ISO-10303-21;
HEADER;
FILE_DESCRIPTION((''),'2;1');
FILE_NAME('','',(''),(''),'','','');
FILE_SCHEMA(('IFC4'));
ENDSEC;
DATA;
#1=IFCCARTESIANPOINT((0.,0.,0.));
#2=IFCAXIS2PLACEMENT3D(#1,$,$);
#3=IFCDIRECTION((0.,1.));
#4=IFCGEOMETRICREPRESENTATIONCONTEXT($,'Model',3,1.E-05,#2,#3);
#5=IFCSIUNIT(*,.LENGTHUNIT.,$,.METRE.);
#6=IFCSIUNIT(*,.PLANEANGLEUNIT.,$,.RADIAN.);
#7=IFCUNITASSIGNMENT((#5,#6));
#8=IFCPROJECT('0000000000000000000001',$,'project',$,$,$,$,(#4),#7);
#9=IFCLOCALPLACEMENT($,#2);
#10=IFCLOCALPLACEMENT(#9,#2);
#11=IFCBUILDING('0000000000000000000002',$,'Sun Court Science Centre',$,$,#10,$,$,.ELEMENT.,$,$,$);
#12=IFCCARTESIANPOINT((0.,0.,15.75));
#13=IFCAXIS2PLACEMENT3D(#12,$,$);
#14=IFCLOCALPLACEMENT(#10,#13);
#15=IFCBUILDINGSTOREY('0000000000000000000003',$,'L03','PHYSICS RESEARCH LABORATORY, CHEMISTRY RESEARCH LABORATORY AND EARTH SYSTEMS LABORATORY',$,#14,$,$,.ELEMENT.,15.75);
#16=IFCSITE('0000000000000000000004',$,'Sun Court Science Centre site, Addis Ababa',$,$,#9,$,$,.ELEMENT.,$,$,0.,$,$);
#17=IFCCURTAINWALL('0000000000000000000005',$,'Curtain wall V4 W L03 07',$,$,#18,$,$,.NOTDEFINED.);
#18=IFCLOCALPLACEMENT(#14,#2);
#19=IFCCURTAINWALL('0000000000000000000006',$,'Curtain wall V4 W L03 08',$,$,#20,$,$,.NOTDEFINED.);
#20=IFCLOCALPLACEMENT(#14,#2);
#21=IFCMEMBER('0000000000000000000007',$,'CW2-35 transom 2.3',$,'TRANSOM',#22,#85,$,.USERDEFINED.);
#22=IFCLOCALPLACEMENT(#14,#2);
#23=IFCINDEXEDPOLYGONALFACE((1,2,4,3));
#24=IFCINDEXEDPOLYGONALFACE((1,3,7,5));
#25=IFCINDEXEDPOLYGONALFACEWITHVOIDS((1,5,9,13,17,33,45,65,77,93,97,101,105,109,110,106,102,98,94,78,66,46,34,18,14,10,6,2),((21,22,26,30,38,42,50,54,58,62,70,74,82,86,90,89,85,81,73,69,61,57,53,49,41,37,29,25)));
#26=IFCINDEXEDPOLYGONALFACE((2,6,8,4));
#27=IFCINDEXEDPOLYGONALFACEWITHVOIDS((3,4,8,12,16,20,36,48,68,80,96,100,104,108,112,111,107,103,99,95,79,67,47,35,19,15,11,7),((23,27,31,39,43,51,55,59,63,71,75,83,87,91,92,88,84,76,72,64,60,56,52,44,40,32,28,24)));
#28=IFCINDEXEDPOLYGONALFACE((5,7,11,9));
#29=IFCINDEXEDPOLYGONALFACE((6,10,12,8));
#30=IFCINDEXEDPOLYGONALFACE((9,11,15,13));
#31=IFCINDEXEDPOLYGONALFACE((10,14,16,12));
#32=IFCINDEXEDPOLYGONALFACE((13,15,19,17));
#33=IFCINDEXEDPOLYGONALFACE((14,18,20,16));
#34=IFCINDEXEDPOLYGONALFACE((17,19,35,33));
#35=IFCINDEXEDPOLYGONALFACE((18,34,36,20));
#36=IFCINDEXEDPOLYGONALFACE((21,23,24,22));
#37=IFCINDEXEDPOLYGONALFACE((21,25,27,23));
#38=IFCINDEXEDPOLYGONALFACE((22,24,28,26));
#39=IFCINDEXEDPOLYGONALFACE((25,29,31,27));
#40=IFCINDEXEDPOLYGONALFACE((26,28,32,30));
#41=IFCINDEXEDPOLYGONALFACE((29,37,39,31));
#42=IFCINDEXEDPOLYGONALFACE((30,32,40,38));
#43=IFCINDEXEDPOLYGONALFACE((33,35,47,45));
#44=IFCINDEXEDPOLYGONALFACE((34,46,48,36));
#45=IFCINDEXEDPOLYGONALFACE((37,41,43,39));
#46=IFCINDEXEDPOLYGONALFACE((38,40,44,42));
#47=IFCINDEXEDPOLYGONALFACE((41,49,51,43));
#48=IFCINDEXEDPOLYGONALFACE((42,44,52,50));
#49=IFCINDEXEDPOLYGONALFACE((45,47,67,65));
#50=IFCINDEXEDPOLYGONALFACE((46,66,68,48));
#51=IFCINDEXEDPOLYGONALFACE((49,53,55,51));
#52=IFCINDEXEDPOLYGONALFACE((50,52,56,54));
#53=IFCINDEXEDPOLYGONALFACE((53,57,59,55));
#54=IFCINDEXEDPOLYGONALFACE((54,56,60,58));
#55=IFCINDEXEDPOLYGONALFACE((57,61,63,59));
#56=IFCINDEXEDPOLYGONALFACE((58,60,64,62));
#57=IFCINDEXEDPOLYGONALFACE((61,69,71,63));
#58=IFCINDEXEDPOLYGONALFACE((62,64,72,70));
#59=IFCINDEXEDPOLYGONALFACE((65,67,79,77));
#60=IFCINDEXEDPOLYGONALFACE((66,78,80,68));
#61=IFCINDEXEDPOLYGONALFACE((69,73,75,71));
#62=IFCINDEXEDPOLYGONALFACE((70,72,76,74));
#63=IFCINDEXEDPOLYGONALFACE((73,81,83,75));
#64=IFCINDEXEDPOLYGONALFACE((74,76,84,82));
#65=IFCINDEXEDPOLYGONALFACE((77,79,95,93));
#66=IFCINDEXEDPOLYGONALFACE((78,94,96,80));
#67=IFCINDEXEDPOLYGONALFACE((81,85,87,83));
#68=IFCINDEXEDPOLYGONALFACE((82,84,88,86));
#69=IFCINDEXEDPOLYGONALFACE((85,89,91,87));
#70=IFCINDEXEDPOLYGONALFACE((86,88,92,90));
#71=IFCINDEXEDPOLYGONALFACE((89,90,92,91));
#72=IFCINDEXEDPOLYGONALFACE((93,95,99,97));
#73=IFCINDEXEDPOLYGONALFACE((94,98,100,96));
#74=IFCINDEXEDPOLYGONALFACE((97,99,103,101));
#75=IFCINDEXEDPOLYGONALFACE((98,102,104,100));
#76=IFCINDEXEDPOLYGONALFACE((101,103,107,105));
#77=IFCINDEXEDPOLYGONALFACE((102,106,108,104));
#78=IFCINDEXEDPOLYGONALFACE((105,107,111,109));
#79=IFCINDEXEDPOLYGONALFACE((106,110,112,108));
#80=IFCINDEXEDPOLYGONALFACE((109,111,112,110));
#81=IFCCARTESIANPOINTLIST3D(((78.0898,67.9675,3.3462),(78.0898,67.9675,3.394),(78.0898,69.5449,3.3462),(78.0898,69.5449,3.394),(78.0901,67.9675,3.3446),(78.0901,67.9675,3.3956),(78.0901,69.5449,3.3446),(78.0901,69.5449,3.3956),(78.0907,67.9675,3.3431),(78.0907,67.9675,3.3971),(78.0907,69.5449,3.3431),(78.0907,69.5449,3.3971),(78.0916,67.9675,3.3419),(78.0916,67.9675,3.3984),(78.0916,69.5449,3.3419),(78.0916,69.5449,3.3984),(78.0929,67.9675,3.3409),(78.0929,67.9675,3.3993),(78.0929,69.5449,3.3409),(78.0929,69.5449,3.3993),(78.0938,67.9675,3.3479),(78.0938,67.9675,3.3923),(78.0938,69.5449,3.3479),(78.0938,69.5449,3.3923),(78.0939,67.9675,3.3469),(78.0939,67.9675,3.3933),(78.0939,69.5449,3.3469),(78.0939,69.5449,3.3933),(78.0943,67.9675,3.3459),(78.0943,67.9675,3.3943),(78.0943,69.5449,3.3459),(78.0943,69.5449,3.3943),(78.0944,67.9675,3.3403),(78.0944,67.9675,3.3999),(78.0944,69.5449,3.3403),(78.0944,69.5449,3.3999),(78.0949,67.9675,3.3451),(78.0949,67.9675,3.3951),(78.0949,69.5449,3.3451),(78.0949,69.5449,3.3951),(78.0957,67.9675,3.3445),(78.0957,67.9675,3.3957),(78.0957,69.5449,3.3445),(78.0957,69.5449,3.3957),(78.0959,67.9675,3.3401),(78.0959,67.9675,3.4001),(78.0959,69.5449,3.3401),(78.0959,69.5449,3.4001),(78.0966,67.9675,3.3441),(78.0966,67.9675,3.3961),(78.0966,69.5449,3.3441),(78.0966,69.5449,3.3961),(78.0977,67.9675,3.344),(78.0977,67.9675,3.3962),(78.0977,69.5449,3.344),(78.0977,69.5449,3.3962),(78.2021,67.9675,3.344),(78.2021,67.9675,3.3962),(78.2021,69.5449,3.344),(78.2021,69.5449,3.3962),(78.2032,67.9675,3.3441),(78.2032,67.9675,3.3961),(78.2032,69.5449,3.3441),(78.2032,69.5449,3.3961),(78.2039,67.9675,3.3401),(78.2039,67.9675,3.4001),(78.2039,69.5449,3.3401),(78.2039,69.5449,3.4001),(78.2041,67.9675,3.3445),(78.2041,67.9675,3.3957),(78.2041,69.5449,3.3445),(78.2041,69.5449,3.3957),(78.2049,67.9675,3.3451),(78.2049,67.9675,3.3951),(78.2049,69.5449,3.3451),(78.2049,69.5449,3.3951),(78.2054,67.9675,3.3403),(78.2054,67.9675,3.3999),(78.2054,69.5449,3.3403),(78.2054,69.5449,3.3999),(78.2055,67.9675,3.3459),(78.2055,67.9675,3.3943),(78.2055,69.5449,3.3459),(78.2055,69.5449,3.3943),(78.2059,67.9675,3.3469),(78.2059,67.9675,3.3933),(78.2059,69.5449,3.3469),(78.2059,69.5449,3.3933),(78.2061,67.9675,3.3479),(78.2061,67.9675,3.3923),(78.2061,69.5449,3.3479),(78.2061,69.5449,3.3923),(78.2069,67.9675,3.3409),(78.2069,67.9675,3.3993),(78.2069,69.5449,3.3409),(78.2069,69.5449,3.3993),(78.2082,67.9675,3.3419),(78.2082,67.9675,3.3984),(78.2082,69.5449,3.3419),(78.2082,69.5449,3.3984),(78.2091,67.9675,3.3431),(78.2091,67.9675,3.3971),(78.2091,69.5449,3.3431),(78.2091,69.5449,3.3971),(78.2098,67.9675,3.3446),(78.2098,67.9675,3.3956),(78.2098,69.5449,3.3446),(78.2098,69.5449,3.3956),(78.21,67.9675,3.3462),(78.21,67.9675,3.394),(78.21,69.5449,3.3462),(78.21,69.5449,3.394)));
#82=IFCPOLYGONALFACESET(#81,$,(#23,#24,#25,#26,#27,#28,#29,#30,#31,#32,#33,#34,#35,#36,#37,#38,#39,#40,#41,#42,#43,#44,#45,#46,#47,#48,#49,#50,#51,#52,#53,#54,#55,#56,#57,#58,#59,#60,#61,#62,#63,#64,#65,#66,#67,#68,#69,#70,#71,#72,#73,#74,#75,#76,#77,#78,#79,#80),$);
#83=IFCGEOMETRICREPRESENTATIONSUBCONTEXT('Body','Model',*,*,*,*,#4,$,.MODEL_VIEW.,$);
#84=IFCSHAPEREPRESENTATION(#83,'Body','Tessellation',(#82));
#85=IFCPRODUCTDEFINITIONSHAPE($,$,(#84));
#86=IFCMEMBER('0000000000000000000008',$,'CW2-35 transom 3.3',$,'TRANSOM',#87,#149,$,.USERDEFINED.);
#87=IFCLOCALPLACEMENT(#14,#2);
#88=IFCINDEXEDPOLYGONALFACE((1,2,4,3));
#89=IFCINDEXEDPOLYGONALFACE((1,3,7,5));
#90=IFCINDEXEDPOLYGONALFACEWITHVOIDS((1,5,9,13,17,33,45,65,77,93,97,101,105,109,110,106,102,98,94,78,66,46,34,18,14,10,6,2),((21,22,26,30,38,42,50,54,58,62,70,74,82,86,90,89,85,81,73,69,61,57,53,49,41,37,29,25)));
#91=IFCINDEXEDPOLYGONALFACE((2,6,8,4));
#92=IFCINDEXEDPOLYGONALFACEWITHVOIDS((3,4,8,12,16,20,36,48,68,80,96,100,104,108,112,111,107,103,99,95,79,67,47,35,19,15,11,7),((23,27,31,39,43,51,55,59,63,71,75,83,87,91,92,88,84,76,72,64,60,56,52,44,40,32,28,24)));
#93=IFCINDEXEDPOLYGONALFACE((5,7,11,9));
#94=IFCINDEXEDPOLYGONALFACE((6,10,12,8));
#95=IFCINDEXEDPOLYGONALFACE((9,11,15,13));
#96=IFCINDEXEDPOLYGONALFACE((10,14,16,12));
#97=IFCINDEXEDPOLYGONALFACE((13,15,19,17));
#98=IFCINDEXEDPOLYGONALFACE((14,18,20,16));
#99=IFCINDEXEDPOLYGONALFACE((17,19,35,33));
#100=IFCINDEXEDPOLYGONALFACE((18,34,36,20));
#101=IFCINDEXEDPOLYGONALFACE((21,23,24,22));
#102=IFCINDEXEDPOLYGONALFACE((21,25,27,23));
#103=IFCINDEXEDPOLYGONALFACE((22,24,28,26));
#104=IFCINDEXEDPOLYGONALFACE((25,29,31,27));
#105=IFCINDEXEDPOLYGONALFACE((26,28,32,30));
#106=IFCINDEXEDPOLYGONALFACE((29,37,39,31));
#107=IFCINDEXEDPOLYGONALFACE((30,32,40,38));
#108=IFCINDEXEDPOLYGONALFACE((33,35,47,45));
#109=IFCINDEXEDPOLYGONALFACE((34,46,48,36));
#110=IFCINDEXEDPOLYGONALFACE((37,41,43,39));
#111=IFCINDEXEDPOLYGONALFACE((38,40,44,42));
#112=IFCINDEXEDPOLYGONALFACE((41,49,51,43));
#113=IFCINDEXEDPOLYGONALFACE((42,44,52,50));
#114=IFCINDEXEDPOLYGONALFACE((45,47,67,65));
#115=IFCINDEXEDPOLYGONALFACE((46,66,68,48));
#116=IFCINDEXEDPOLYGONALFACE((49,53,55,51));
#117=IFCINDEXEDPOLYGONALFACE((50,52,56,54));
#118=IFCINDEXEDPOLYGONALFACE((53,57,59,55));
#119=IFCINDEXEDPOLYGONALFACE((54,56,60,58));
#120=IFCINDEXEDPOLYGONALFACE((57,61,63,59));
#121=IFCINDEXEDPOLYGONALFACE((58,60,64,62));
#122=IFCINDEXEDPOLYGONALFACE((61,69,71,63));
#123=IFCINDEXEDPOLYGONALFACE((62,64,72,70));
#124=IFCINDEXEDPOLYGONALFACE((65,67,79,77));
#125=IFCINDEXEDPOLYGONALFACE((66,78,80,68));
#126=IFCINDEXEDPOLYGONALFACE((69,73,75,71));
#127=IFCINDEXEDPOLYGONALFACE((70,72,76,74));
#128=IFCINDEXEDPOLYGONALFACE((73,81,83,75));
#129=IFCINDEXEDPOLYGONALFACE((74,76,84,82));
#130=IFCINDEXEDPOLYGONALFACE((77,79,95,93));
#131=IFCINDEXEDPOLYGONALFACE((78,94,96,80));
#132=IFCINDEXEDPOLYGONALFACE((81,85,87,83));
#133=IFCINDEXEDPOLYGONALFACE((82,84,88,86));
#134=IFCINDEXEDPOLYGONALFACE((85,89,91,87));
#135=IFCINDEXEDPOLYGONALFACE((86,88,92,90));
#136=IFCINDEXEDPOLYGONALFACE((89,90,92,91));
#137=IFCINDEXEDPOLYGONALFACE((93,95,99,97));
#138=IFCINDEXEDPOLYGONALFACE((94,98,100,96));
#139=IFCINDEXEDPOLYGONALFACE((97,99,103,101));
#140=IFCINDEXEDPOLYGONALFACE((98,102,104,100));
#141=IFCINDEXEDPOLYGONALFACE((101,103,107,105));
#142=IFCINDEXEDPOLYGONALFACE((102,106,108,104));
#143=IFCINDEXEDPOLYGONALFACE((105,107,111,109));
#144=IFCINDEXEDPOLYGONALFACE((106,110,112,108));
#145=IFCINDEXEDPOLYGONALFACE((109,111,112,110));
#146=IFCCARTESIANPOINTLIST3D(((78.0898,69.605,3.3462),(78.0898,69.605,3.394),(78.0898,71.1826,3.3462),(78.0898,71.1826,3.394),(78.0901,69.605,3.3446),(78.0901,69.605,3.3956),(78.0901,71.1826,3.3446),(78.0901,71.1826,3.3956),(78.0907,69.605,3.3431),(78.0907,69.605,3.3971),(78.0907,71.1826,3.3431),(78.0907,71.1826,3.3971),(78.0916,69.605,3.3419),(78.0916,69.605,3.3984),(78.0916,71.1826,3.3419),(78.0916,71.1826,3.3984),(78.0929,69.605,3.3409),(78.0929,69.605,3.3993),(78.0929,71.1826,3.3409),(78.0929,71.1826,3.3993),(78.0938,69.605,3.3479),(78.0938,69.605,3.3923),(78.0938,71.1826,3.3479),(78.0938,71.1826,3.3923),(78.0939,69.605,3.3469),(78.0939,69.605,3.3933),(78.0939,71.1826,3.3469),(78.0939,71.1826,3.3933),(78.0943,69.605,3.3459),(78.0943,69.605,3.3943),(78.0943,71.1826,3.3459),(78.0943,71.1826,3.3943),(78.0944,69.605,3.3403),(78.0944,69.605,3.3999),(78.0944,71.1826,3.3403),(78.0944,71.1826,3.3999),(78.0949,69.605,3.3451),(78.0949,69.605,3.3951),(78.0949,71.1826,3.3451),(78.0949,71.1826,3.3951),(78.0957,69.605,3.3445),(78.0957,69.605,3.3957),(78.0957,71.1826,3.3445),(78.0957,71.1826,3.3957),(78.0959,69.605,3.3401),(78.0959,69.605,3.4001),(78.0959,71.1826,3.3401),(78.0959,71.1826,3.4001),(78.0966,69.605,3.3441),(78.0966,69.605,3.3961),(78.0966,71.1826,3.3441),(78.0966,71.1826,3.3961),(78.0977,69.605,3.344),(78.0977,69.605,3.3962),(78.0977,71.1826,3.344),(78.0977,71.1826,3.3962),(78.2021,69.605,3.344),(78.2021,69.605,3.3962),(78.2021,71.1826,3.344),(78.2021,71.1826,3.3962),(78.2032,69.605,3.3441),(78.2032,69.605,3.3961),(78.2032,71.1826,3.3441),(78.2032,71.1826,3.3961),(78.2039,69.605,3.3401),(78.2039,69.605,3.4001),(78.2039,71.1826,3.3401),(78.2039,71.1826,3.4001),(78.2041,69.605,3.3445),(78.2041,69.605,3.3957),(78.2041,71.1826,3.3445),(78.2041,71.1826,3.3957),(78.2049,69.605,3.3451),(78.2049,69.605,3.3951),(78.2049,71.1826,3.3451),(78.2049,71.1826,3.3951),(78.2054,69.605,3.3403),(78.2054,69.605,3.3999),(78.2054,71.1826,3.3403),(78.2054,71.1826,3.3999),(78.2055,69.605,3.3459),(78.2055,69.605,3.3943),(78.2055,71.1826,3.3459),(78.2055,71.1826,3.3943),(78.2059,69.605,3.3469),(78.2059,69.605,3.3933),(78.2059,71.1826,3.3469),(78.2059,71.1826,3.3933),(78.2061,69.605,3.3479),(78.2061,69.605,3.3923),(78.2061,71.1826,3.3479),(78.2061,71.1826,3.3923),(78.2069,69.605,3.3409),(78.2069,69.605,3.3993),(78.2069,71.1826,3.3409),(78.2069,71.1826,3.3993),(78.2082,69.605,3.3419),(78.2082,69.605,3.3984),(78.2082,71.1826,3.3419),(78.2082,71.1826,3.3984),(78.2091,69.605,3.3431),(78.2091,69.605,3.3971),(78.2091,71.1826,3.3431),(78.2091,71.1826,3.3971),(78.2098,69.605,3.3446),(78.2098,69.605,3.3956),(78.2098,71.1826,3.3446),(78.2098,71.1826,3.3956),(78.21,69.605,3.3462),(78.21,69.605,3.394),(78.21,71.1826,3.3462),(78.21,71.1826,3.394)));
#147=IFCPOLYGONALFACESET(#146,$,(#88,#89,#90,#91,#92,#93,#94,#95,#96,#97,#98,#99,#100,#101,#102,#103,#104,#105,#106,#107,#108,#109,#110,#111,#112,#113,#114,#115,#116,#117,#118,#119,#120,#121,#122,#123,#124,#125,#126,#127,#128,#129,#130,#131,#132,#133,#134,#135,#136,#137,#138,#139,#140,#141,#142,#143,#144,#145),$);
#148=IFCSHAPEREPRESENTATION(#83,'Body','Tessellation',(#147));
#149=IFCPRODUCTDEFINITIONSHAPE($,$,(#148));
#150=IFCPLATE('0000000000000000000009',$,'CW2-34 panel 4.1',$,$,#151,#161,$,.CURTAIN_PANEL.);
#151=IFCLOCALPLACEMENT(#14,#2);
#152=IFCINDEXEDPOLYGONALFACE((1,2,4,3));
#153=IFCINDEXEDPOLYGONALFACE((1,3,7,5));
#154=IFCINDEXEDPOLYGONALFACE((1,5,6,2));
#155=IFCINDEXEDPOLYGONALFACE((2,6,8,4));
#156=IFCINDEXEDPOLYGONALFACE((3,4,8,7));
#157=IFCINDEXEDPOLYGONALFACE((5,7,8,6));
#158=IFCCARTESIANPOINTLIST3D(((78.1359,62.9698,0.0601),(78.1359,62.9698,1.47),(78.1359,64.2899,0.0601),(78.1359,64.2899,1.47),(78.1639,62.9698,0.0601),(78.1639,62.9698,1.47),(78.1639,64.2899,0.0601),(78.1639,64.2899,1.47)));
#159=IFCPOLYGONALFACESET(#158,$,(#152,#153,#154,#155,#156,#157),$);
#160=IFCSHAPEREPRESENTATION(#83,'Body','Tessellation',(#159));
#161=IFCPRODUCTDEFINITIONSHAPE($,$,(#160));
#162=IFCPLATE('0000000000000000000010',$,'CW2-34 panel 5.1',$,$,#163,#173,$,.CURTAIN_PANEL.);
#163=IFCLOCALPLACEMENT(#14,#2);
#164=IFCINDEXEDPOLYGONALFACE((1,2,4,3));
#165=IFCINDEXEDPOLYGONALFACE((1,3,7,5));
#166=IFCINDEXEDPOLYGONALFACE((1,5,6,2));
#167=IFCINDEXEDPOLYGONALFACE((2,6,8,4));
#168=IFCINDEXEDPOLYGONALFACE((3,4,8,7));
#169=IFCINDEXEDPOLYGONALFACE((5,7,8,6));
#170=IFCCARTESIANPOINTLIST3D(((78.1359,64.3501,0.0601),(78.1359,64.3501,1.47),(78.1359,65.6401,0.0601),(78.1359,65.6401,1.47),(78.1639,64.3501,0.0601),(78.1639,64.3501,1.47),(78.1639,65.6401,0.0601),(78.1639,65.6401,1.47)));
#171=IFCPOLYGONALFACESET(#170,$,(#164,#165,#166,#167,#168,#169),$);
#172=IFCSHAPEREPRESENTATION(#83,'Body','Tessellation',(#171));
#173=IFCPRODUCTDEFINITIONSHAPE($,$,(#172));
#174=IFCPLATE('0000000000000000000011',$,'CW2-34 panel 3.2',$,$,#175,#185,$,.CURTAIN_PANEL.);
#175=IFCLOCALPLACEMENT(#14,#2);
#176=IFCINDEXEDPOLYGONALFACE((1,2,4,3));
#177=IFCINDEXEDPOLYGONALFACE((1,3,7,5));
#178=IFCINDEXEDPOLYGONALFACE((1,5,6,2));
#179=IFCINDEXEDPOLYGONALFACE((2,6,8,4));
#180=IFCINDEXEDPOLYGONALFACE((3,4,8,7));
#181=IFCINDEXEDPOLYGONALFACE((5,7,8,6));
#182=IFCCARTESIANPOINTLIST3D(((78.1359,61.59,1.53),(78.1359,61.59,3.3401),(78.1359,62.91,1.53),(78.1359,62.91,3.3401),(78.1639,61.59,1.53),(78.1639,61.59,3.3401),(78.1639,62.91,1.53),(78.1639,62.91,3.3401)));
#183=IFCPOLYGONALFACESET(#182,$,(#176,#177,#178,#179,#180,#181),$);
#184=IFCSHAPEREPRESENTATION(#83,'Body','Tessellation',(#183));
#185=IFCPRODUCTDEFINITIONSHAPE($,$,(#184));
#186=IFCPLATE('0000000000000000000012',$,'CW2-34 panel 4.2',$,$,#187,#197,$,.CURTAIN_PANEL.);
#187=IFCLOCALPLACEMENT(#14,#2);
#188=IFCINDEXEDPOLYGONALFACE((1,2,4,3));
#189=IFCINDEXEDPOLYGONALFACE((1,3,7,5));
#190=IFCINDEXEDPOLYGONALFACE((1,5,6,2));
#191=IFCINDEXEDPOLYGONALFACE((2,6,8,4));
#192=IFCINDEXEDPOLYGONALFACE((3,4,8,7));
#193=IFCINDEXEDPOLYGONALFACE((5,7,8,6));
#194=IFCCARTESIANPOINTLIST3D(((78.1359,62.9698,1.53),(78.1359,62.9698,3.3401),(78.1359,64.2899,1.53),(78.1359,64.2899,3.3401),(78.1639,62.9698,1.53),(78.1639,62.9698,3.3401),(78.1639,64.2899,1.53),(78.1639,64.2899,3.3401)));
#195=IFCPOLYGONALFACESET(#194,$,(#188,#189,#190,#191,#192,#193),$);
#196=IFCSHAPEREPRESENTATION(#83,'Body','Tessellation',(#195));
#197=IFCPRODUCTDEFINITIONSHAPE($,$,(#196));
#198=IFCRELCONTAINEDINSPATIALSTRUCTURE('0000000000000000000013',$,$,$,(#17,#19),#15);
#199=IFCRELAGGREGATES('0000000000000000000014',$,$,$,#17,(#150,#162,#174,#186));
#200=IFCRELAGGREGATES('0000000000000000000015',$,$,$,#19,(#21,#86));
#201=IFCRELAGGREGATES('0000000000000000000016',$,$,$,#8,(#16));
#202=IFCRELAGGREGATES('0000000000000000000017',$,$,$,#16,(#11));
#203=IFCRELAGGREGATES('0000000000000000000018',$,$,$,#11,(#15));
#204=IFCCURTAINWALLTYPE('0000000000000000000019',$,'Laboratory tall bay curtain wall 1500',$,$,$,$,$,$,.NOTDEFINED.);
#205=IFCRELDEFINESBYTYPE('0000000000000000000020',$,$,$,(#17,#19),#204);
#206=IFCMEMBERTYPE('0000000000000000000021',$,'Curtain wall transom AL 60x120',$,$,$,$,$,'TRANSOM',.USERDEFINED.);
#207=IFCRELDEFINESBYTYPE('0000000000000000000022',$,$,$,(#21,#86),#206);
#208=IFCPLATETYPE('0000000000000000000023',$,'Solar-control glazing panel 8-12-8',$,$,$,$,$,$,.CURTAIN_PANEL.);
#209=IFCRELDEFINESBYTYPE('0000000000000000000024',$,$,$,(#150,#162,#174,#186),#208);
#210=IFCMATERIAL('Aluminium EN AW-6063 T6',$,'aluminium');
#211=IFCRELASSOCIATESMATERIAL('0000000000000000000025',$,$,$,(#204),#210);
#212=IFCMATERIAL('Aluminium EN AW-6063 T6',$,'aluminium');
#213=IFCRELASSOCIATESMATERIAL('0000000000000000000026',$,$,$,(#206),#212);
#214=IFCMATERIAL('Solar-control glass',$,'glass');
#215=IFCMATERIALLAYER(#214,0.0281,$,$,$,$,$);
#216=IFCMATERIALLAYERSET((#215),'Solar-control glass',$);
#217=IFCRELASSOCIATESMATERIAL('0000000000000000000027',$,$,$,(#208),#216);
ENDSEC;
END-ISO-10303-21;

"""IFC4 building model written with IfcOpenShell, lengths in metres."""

from ifc_helpers import new_model, si_unit, direction, frame, origin, origin_2d, place, context, subcontext, project, spatial, rectangle, hollow_rectangle, extrude, material, layer, layer_set, material_profile, profile_set, type_object, element, aggregate, save


model = new_model("IFC4")

# Units and contexts
model_context = context("Model", 3, precision=1e-05, world=origin(), true_north=direction((0.0, 1.0)))
body_context = subcontext(model_context, "Body", "Model", "MODEL_VIEW")
ifc_project = project(units=[si_unit("LENGTHUNIT", "METRE"), si_unit("PLANEANGLEUNIT", "RADIAN")], contexts=[model_context])

# Site, building, storey
site_placement = place(None, origin())
site = spatial("IfcSite", under=ifc_project, at=site_placement, Name="Sun Court Science Centre site, Addis Ababa", CompositionType="ELEMENT", RefElevation=0.0)
building_placement = place(site_placement, origin())
building = spatial("IfcBuilding", under=site, at=building_placement, Name="Sun Court Science Centre", CompositionType="ELEMENT")
storey_placement = place(building_placement, frame((0.0, 0.0, 15.75)))
storey = spatial("IfcBuildingStorey", under=building, at=storey_placement, Name="L03", Description="PHYSICS RESEARCH LABORATORY, CHEMISTRY RESEARCH LABORATORY AND EARTH SYSTEMS LABORATORY", CompositionType="ELEMENT", Elevation=15.75)

# Curtain walls
ifc_material_1 = material(Name="Aluminium EN AW-6063 T6", Category="aluminium")
curtain_wall_type = type_object("IfcCurtainWallType", Name="Laboratory tall bay curtain wall 1500", PredefinedType="NOTDEFINED", material=ifc_material_1)
curtain_wall_1_placement = place(storey_placement, origin())
curtain_wall_1 = element("IfcCurtainWall", 1, at=curtain_wall_1_placement, inside=storey, type_object=curtain_wall_type, Name="Curtain wall V4 W L03 07", PredefinedType="NOTDEFINED")
curtain_wall_2_placement = place(storey_placement, origin())
curtain_wall_2 = element("IfcCurtainWall", 2, at=curtain_wall_2_placement, inside=storey, type_object=curtain_wall_type, Name="Curtain wall V4 W L03 08", PredefinedType="NOTDEFINED")

# Members
ifc_material_2 = material(Name="Aluminium EN AW-6063 T6", Category="aluminium")
ifc_material_profile_1 = material_profile(ifc_material_2, hollow_rectangle(XDim=0.0601, YDim=0.1201, WallThickness=0.0039, InnerFilletRadius=0.0039, OuterFilletRadius=0.0061, at=origin_2d()), Name="AL 60x120x4")
ifc_profile_set_1 = profile_set([ifc_material_profile_1], Name="Aluminium EN AW-6063 T6")
member_type_1 = type_object("IfcMemberType", Name="Curtain wall transom AL 60x120", ElementType="TRANSOM", PredefinedType="USERDEFINED", material=ifc_profile_set_1)
member_1_placement = place(storey_placement, frame((78.1499, 67.9675, 3.3701), z_axis=(0.0, 1.0, 0.0), x_axis=(0.0, 0.0, 1.0)))
member_1 = element("IfcMember", 3, at=member_1_placement, type_object=member_type_1, Name="CW2-35 transom 2.3", ObjectType="TRANSOM", PredefinedType="USERDEFINED", context=body_context, shape_type="SweptSolid", body=[
    extrude(hollow_rectangle(XDim=0.0601, YDim=0.1201, WallThickness=0.0039, InnerFilletRadius=0.0039, OuterFilletRadius=0.0061, at=origin_2d()), origin(), (0.0, 0.0, 1.0), 1.5774),
])
member_2_placement = place(storey_placement, frame((78.1499, 69.605, 3.3701), z_axis=(0.0, 1.0, 0.0), x_axis=(0.0, 0.0, 1.0)))
member_2 = element("IfcMember", 4, at=member_2_placement, type_object=member_type_1, Name="CW2-35 transom 3.3", ObjectType="TRANSOM", PredefinedType="USERDEFINED", context=body_context, shape_type="SweptSolid", body=[
    extrude(hollow_rectangle(XDim=0.0601, YDim=0.1201, WallThickness=0.0039, InnerFilletRadius=0.0039, OuterFilletRadius=0.0061, at=origin_2d()), origin(), (0.0, 0.0, 1.0), 1.5776),
])

# Plates
ifc_material_3 = material(Name="Solar-control glass", Category="glass")
ifc_layer_1 = layer(ifc_material_3, 0.0281)
ifc_layer_set_1 = layer_set([ifc_layer_1], Name="Solar-control glass")
plate_type = type_object("IfcPlateType", Name="Solar-control glazing panel 8-12-8", PredefinedType="CURTAIN_PANEL", material=ifc_layer_set_1)
plate_1_placement = place(storey_placement, frame((78.1499, 63.6299, 0.0601), z_axis=(0.0, 0.0, 1.0), x_axis=(0.0, 1.0, 0.0)))
plate_1 = element("IfcPlate", 5, at=plate_1_placement, type_object=plate_type, Name="CW2-34 panel 4.1", PredefinedType="CURTAIN_PANEL", context=body_context, shape_type="SweptSolid", body=[
    extrude(rectangle(XDim=1.3201, YDim=0.0281, at=origin_2d()), origin(), (0.0, 0.0, 1.0), 1.4099),
])
plate_2_placement = place(storey_placement, frame((78.1499, 64.9951, 0.0601), z_axis=(0.0, 0.0, 1.0), x_axis=(0.0, 1.0, 0.0)))
plate_2 = element("IfcPlate", 6, at=plate_2_placement, type_object=plate_type, Name="CW2-34 panel 5.1", PredefinedType="CURTAIN_PANEL", context=body_context, shape_type="SweptSolid", body=[
    extrude(rectangle(XDim=1.29, YDim=0.0281, at=origin_2d()), origin(), (0.0, 0.0, 1.0), 1.4099),
])
plate_3_placement = place(storey_placement, frame((78.1499, 62.25, 1.53), z_axis=(0.0, 0.0, 1.0), x_axis=(0.0, 1.0, 0.0)))
plate_3 = element("IfcPlate", 7, at=plate_3_placement, type_object=plate_type, Name="CW2-34 panel 3.2", PredefinedType="CURTAIN_PANEL", context=body_context, shape_type="SweptSolid", body=[
    extrude(rectangle(XDim=1.3201, YDim=0.0281, at=origin_2d()), origin(), (0.0, 0.0, 1.0), 1.8101),
])
plate_4_placement = place(storey_placement, frame((78.1499, 63.6299, 1.53), z_axis=(0.0, 0.0, 1.0), x_axis=(0.0, 1.0, 0.0)))
plate_4 = element("IfcPlate", 8, at=plate_4_placement, type_object=plate_type, Name="CW2-34 panel 4.2", PredefinedType="CURTAIN_PANEL", context=body_context, shape_type="SweptSolid", body=[
    extrude(rectangle(XDim=1.3201, YDim=0.0281, at=origin_2d()), origin(), (0.0, 0.0, 1.0), 1.8101),
])
aggregate(curtain_wall_1, [plate_1, plate_2, plate_3, plate_4])
aggregate(curtain_wall_2, [member_1, member_2])

save(model, "model.ifc")
